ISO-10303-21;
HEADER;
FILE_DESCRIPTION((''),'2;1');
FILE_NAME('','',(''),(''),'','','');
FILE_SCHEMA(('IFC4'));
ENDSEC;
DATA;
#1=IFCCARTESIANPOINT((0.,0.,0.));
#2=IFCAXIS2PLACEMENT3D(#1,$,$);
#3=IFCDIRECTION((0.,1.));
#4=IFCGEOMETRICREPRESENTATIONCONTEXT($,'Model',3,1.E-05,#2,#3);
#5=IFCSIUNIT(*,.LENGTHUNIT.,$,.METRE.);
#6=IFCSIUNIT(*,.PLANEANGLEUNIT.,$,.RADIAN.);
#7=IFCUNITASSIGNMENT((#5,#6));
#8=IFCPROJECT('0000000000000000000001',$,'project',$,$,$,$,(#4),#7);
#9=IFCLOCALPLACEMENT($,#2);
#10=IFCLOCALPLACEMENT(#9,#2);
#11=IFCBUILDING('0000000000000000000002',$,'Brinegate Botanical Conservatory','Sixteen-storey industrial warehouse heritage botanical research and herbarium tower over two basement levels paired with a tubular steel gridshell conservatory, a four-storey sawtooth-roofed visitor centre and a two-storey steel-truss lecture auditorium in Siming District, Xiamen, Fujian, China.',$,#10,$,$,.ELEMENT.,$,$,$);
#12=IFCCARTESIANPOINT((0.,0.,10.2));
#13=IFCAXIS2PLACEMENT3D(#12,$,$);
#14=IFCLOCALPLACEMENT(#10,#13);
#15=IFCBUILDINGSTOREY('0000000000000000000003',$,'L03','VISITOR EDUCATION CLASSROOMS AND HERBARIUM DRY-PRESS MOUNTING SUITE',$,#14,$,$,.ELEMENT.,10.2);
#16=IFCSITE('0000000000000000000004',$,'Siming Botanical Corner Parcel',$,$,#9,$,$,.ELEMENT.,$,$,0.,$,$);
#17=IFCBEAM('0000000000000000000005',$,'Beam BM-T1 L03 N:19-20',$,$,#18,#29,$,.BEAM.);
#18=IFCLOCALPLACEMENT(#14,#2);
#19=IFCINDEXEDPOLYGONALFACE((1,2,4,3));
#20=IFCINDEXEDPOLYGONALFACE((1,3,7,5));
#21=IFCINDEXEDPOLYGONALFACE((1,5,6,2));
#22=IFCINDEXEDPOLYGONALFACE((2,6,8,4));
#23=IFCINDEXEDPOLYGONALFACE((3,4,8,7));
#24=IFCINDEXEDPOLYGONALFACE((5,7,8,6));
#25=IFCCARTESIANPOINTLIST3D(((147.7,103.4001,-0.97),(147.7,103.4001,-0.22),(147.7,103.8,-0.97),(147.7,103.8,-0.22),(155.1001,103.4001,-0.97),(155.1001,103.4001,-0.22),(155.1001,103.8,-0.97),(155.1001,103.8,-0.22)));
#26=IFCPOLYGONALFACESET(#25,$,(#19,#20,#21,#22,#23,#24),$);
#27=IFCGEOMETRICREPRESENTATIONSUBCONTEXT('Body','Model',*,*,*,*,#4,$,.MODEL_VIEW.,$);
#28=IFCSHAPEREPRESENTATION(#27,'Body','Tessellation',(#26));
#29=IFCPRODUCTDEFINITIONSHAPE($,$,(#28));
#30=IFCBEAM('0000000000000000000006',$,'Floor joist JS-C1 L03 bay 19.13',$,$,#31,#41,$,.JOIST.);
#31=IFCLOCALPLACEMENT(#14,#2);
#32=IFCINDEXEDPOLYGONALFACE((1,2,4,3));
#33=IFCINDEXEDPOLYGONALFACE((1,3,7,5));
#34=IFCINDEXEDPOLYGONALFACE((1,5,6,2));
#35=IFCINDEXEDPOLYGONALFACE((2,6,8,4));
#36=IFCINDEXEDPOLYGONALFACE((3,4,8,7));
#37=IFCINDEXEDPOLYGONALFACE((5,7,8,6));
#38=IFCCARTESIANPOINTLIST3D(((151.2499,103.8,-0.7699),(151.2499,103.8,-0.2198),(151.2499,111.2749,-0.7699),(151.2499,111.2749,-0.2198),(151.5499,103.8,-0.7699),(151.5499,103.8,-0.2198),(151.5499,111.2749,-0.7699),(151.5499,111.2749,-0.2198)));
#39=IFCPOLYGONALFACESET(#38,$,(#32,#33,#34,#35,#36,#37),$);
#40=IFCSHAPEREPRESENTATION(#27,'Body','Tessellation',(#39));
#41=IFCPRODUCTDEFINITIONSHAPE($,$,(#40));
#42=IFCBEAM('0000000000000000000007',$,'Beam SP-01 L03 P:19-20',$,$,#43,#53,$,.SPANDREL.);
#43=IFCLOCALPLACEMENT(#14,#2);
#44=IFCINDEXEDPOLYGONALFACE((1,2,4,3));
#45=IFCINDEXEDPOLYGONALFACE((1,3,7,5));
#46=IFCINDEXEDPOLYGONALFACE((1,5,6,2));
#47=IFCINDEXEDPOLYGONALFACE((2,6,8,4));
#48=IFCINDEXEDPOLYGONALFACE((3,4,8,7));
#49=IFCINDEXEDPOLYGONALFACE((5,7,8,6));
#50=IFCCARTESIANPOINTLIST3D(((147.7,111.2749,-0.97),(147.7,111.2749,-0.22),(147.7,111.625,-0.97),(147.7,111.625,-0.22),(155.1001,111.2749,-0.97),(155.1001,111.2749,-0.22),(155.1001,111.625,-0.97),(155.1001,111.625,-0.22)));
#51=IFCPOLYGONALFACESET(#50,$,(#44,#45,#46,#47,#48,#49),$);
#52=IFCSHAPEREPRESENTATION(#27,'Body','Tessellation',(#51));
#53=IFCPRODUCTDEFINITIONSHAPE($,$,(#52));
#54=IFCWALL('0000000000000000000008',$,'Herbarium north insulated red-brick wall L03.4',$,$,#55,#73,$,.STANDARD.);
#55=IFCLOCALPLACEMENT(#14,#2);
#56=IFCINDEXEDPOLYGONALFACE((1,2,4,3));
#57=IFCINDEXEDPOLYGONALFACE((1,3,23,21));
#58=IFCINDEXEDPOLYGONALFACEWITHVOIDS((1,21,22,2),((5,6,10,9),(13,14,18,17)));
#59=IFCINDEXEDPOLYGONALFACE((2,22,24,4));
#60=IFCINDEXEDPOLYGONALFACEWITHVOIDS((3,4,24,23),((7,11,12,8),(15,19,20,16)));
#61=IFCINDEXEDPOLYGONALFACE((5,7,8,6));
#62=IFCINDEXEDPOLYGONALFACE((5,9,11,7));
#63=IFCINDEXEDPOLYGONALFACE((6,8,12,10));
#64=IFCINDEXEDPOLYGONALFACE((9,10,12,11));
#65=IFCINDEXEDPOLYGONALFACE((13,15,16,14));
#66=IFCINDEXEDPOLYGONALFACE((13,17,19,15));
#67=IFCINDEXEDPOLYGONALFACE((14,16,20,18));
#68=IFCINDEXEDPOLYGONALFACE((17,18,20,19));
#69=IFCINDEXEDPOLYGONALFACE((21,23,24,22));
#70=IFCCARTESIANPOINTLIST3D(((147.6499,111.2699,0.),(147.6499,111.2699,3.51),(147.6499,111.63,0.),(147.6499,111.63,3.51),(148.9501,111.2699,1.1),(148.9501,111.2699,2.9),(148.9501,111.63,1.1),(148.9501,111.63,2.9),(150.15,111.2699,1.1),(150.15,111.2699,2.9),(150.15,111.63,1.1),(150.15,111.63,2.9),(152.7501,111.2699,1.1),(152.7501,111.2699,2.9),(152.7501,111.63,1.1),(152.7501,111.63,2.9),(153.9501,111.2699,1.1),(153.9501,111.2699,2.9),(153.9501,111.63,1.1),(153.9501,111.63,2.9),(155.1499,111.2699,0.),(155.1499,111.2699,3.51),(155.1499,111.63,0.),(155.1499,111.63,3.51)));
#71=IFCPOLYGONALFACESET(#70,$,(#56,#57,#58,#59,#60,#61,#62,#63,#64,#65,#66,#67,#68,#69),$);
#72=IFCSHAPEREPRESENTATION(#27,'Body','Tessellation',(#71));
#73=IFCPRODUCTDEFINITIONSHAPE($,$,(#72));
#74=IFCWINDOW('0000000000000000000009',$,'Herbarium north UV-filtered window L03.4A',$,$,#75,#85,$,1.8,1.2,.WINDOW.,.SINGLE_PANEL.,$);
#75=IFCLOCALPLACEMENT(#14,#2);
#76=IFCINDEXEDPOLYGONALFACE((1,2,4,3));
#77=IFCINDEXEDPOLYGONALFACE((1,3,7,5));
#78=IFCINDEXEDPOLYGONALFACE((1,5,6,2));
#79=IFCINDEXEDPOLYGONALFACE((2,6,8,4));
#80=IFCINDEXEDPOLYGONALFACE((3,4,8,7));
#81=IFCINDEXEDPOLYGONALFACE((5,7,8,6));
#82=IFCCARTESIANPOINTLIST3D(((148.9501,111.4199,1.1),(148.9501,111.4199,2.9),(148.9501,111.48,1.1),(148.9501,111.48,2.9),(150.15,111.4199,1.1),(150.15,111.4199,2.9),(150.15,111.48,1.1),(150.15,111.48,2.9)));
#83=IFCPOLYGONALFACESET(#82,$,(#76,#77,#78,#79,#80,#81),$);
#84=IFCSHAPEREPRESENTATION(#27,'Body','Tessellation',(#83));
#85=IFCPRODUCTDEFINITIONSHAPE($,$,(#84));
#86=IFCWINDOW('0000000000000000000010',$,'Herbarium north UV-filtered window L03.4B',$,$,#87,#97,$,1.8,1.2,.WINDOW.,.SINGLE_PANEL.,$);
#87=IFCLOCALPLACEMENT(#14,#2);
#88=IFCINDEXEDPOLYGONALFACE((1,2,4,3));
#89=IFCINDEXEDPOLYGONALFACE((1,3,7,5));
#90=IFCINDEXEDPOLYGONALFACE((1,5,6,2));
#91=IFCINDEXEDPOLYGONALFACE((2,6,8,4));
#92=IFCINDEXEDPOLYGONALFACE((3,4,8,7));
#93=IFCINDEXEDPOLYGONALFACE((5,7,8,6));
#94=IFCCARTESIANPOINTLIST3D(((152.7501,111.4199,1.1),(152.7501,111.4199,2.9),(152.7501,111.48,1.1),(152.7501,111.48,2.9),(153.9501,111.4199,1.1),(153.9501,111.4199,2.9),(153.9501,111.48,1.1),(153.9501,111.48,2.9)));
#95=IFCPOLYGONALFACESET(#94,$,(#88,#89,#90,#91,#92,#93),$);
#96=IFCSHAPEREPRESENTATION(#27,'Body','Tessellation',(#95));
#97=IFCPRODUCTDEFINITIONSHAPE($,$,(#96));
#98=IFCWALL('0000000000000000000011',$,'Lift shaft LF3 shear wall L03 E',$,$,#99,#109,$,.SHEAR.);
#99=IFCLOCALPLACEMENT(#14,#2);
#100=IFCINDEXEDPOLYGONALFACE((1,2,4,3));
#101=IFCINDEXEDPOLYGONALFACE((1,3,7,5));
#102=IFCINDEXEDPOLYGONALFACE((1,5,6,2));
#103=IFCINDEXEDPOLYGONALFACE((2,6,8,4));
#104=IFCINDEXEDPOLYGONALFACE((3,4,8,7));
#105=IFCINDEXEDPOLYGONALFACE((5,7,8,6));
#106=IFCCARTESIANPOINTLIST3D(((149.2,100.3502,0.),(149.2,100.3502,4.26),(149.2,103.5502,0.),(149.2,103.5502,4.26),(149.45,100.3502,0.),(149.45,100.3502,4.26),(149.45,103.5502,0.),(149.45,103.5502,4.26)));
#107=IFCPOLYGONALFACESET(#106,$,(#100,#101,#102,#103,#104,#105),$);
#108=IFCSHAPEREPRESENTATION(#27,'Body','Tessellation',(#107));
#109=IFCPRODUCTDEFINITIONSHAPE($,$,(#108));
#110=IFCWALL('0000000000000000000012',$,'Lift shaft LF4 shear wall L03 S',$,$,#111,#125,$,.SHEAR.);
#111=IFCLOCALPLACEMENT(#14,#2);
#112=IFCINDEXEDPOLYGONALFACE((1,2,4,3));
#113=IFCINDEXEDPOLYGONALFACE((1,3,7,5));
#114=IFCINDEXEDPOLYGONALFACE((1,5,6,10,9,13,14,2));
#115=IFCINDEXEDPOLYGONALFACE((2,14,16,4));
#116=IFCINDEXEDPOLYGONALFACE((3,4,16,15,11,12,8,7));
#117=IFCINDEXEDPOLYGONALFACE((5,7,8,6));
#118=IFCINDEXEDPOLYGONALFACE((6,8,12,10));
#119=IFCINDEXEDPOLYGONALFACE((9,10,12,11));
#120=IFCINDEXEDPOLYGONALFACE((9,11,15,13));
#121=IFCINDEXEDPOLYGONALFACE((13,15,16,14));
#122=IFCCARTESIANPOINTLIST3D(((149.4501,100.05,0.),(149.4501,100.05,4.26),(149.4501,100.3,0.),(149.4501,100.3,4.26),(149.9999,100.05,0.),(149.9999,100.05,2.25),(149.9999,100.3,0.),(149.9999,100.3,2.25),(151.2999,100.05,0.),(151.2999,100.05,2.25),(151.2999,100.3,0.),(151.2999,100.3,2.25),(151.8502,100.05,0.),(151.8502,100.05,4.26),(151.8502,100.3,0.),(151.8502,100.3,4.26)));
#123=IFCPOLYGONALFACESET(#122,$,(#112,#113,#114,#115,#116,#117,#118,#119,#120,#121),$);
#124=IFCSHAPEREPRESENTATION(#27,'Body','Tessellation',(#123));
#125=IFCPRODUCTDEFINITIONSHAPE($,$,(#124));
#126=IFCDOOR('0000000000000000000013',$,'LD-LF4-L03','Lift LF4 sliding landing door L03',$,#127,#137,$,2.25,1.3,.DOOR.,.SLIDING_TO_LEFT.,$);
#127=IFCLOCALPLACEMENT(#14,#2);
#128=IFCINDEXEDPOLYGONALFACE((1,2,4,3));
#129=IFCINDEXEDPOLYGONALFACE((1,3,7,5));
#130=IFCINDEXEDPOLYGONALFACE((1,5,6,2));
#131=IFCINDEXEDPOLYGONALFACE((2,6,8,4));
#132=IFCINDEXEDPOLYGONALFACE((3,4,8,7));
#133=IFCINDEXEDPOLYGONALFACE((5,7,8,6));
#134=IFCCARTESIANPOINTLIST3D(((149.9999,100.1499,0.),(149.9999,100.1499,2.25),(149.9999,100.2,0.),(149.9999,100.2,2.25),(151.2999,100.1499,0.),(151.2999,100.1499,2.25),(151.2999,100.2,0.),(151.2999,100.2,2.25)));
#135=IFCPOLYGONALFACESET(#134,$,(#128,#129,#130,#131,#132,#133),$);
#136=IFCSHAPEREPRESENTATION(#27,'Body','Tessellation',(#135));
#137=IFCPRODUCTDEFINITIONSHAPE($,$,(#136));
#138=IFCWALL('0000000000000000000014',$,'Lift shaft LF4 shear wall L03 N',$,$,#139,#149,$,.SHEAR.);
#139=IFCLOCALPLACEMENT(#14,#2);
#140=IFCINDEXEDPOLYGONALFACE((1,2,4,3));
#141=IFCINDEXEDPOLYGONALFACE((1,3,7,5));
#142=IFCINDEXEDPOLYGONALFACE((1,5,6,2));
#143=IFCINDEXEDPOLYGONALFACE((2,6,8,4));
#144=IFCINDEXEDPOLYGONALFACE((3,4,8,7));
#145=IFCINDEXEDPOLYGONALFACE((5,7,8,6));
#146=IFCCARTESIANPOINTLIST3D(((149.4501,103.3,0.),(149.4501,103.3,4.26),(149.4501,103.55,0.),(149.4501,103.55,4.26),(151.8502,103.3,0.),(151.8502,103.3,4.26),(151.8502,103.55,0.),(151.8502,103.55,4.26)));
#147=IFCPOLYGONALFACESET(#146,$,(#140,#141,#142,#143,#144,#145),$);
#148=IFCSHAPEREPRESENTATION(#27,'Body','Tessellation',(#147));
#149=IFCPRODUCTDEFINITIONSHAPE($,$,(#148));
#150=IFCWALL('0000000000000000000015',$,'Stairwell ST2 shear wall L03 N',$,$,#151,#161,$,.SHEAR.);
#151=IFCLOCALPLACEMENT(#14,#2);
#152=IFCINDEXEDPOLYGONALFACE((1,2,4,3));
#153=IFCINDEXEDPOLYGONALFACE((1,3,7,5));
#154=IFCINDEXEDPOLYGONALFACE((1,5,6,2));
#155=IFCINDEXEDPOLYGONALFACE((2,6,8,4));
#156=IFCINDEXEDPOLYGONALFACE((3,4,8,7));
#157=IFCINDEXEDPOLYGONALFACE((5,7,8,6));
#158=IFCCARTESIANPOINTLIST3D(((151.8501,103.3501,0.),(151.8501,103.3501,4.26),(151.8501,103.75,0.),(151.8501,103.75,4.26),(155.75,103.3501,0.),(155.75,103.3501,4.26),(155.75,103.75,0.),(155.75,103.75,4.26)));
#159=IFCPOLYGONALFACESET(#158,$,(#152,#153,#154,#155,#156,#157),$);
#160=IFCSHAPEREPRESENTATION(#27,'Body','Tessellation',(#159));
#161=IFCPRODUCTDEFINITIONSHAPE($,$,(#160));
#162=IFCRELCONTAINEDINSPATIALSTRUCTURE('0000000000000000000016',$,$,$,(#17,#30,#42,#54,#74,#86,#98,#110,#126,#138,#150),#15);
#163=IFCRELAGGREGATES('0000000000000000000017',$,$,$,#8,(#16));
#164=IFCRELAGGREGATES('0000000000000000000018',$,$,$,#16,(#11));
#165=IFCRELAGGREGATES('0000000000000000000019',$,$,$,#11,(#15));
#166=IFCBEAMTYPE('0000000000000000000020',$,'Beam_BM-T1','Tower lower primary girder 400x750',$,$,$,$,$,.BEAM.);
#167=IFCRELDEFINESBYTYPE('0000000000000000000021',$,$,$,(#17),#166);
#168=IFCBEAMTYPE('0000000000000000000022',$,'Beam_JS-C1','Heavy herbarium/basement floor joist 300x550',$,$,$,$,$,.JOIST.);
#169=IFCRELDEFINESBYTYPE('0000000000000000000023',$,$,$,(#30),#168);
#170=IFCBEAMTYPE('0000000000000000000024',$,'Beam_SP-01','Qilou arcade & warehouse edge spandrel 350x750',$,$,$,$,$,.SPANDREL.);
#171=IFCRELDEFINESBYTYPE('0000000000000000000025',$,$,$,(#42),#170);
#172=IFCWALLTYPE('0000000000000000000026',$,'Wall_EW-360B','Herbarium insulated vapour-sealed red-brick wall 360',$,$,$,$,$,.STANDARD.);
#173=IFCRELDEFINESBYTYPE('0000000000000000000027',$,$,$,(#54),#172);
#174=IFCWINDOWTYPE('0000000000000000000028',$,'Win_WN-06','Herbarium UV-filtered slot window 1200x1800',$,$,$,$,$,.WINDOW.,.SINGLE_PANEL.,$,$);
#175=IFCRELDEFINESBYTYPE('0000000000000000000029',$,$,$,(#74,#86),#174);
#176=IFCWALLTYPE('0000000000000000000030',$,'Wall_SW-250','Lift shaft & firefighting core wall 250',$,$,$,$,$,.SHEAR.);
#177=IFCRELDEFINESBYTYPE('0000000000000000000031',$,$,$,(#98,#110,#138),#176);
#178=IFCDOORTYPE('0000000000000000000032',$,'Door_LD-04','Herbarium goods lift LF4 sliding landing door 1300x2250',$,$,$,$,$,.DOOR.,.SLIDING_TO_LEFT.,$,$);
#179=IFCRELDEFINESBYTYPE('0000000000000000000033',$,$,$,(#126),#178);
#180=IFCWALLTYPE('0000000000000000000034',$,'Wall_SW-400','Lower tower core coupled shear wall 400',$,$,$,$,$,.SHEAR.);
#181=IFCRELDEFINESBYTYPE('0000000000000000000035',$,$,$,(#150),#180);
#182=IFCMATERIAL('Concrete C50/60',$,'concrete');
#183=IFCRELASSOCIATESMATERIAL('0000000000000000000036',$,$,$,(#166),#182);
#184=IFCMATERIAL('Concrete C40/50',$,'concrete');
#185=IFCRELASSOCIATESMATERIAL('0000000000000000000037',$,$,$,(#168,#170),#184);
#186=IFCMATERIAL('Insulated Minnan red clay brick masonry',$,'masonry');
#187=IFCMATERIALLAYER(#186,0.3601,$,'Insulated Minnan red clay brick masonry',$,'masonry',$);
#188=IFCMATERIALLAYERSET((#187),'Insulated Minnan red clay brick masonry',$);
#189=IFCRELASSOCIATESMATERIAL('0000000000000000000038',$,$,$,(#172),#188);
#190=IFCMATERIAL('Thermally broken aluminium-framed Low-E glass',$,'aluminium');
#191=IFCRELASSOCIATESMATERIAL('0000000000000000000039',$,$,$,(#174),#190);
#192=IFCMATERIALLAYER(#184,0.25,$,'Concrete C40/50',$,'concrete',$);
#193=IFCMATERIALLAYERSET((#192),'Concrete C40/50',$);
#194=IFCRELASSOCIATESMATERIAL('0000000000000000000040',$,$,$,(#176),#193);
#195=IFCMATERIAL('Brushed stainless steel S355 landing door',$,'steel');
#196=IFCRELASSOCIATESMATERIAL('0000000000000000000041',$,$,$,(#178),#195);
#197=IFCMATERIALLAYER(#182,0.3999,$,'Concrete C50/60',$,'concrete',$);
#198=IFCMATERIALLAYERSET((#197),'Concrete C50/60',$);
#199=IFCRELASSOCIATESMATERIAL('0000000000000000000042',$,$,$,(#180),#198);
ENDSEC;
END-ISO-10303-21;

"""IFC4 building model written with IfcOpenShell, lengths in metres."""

from ifc_helpers import new_model, si_unit, direction, frame, frame_2d, origin, origin_2d, place, context, subcontext, project, spatial, rectangle, extrude, material, layer, layer_set, material_profile, profile_set, type_object, element, fill, save


model = new_model("IFC4")

# Units and contexts
model_context = context("Model", 3, precision=1e-05, world=origin(), true_north=direction((0.0, 1.0)))
body_context = subcontext(model_context, "Body", "Model", "MODEL_VIEW")
ifc_project = project(units=[si_unit("LENGTHUNIT", "METRE"), si_unit("PLANEANGLEUNIT", "RADIAN")], contexts=[model_context])

# Site, building, storey
site_placement = place(None, origin())
site = spatial("IfcSite", under=ifc_project, at=site_placement, Name="Siming Botanical Corner Parcel", CompositionType="ELEMENT", RefElevation=0.0)
building_placement = place(site_placement, origin())
building = spatial("IfcBuilding", under=site, at=building_placement, Name="Brinegate Botanical Conservatory", Description="Sixteen-storey industrial warehouse heritage botanical research and herbarium tower over two basement levels paired with a tubular steel gridshell conservatory, a four-storey sawtooth-roofed visitor centre and a two-storey steel-truss lecture auditorium in Siming District, Xiamen, Fujian, China.", CompositionType="ELEMENT")
storey_placement = place(building_placement, frame((0.0, 0.0, 10.2)))
storey = spatial("IfcBuildingStorey", under=building, at=storey_placement, Name="L03", Description="VISITOR EDUCATION CLASSROOMS AND HERBARIUM DRY-PRESS MOUNTING SUITE", CompositionType="ELEMENT", Elevation=10.2)

# Beams
ifc_material_1 = material(Name="Concrete C50/60", Category="concrete")
ifc_material_profile_1 = material_profile(ifc_material_1, rectangle(XDim=0.3999, YDim=0.75, at=origin_2d()), Name="RC BM 400x750")
ifc_profile_set_1 = profile_set([ifc_material_profile_1], Name="Concrete C50/60")
beam_type_1 = type_object("IfcBeamType", Name="Beam_BM-T1", Description="Tower lower primary girder 400x750", PredefinedType="BEAM", material=ifc_profile_set_1)
beam_1_placement = place(storey_placement, frame((147.7, 103.6001, -0.595), z_axis=(1.0, 0.0, 0.0), x_axis=(0.0, 1.0, 0.0)))
element("IfcBeam", 1, at=beam_1_placement, inside=storey, type_object=beam_type_1, Name="Beam BM-T1 L03 N:19-20", PredefinedType="BEAM", context=body_context, shape_type="SweptSolid", body=[
    extrude(rectangle(XDim=0.3999, YDim=0.75, at=origin_2d()), origin(), (0.0, 0.0, 1.0), 7.4001),
])
ifc_material_2 = material(Name="Concrete C40/50", Category="concrete")
ifc_material_profile_2 = material_profile(ifc_material_2, rectangle(XDim=0.3, YDim=0.55, at=origin_2d()), Name="RC JST 300x550")
ifc_profile_set_2 = profile_set([ifc_material_profile_2], Name="Concrete C40/50")
beam_type_2 = type_object("IfcBeamType", Name="Beam_JS-C1", Description="Heavy herbarium/basement floor joist 300x550", PredefinedType="JOIST", material=ifc_profile_set_2)
beam_2_placement = place(storey_placement, frame((151.3999, 103.8, -0.4949), z_axis=(0.0, 1.0, 0.0), x_axis=(-1.0, 0.0, 0.0)))
element("IfcBeam", 2, at=beam_2_placement, inside=storey, type_object=beam_type_2, Name="Floor joist JS-C1 L03 bay 19.13", PredefinedType="JOIST", context=body_context, shape_type="SweptSolid", body=[
    extrude(rectangle(XDim=0.3, YDim=0.55, at=origin_2d()), origin(), (0.0, 0.0, 1.0), 7.4749),
])
ifc_material_profile_3 = material_profile(ifc_material_2, rectangle(XDim=0.3501, YDim=0.75, at=origin_2d()), Name="RC SPN 350x750")
ifc_profile_set_3 = profile_set([ifc_material_profile_3], Name="Concrete C40/50")
beam_type_3 = type_object("IfcBeamType", Name="Beam_SP-01", Description="Qilou arcade & warehouse edge spandrel 350x750", PredefinedType="SPANDREL", material=ifc_profile_set_3)
beam_3_placement = place(storey_placement, frame((147.7, 111.45, -0.595), z_axis=(1.0, 0.0, 0.0), x_axis=(0.0, 1.0, 0.0)))
element("IfcBeam", 3, at=beam_3_placement, inside=storey, type_object=beam_type_3, Name="Beam SP-01 L03 P:19-20", PredefinedType="SPANDREL", context=body_context, shape_type="SweptSolid", body=[
    extrude(rectangle(XDim=0.3501, YDim=0.75, at=origin_2d()), origin(), (0.0, 0.0, 1.0), 7.4001),
])

# Wall, openings, windows
ifc_material_3 = material(Name="Insulated Minnan red clay brick masonry", Category="masonry")
ifc_layer_1 = layer(ifc_material_3, 0.3601, Name="Insulated Minnan red clay brick masonry", Category="masonry")
ifc_layer_set_1 = layer_set([ifc_layer_1], Name="Insulated Minnan red clay brick masonry")
wall_type_1 = type_object("IfcWallType", Name="Wall_EW-360B", Description="Herbarium insulated vapour-sealed red-brick wall 360", PredefinedType="STANDARD", material=ifc_layer_set_1)
wall_1_placement = place(storey_placement, frame((147.6499, 111.45, 0.0), z_axis=(0.0, 0.0, 1.0), x_axis=(1.0, 0.0, 0.0)))
wall_1 = element("IfcWall", 4, at=wall_1_placement, inside=storey, type_object=wall_type_1, Name="Herbarium north insulated red-brick wall L03.4", PredefinedType="STANDARD", context=body_context, shape_type="SweptSolid", body=[
    extrude(rectangle(XDim=7.5, YDim=0.3601, at=frame_2d((3.75, 0.0))), origin(), (0.0, 0.0, 1.0), 3.51),
])
opening_1_placement = place(wall_1_placement, frame((1.3, 0.0, 1.1001)))
opening_1 = element("IfcOpeningElement", 5, at=opening_1_placement, cuts=wall_1, PredefinedType="OPENING", context=body_context, shape_type="SweptSolid", body=[
    extrude(rectangle(XDim=1.2, YDim=1.8, at=frame_2d((0.6001, 0.8999))), frame((0.0, 0.1899, 0.0), z_axis=(0.0, -1.0, 0.0), x_axis=(1.0, 0.0, 0.0)), (0.0, 0.0, 1.0), 0.3801),
])
opening_2_placement = place(wall_1_placement, frame((5.1001, 0.0, 1.1001)))
opening_2 = element("IfcOpeningElement", 6, at=opening_2_placement, cuts=wall_1, PredefinedType="OPENING", context=body_context, shape_type="SweptSolid", body=[
    extrude(rectangle(XDim=1.2, YDim=1.8, at=frame_2d((0.6001, 0.8999))), frame((0.0, 0.1899, 0.0), z_axis=(0.0, -1.0, 0.0), x_axis=(1.0, 0.0, 0.0)), (0.0, 0.0, 1.0), 0.3801),
])
ifc_material_4 = material(Name="Thermally broken aluminium-framed Low-E glass", Category="aluminium")
window_type = type_object("IfcWindowType", Name="Win_WN-06", Description="Herbarium UV-filtered slot window 1200x1800", PartitioningType="SINGLE_PANEL", PredefinedType="WINDOW", material=ifc_material_4)
window_1_placement = place(opening_1_placement, origin())
window_1 = element("IfcWindow", 7, at=window_1_placement, inside=storey, type_object=window_type, Name="Herbarium north UV-filtered window L03.4A", OverallHeight=1.8, OverallWidth=1.2, PartitioningType="SINGLE_PANEL", PredefinedType="WINDOW", context=body_context, shape_type="SweptSolid", body=[
    extrude(rectangle(XDim=1.2, YDim=1.8, at=frame_2d((0.6001, 0.8999))), frame((0.0, 0.03, 0.0), z_axis=(0.0, -1.0, 0.0), x_axis=(1.0, 0.0, 0.0)), (0.0, 0.0, 1.0), 0.0601),
])
fill(opening_1, window_1)
window_2_placement = place(opening_2_placement, origin())
window_2 = element("IfcWindow", 8, at=window_2_placement, inside=storey, type_object=window_type, Name="Herbarium north UV-filtered window L03.4B", OverallHeight=1.8, OverallWidth=1.2, PartitioningType="SINGLE_PANEL", PredefinedType="WINDOW", context=body_context, shape_type="SweptSolid", body=[
    extrude(rectangle(XDim=1.2, YDim=1.8, at=frame_2d((0.6001, 0.8999))), frame((0.0, 0.03, 0.0), z_axis=(0.0, -1.0, 0.0), x_axis=(1.0, 0.0, 0.0)), (0.0, 0.0, 1.0), 0.0601),
])
fill(opening_2, window_2)

# Wall
ifc_layer_2 = layer(ifc_material_2, 0.25, Name="Concrete C40/50", Category="concrete")
ifc_layer_set_2 = layer_set([ifc_layer_2], Name="Concrete C40/50")
wall_type_2 = type_object("IfcWallType", Name="Wall_SW-250", Description="Lift shaft & firefighting core wall 250", PredefinedType="SHEAR", material=ifc_layer_set_2)
wall_2_placement = place(storey_placement, frame((149.325, 100.3501, 0.0), z_axis=(0.0, 0.0, 1.0), x_axis=(0.0, 1.0, 0.0)))
element("IfcWall", 9, at=wall_2_placement, inside=storey, type_object=wall_type_2, Name="Lift shaft LF3 shear wall L03 E", PredefinedType="SHEAR", context=body_context, shape_type="SweptSolid", body=[
    extrude(rectangle(XDim=3.2, YDim=0.25, at=frame_2d((1.6001, 0.0))), origin(), (0.0, 0.0, 1.0), 4.26),
])

# Wall, opening, door
wall_3_placement = place(storey_placement, frame((149.45, 100.175, 0.0), z_axis=(0.0, 0.0, 1.0), x_axis=(1.0, 0.0, 0.0)))
wall_3 = element("IfcWall", 10, at=wall_3_placement, inside=storey, type_object=wall_type_2, Name="Lift shaft LF4 shear wall L03 S", PredefinedType="SHEAR", context=body_context, shape_type="SweptSolid", body=[
    extrude(rectangle(XDim=2.4001, YDim=0.25, at=frame_2d((1.2002, 0.0))), origin(), (0.0, 0.0, 1.0), 4.26),
])
opening_3_placement = place(wall_3_placement, frame((0.55, 0.0, 0.0)))
opening_3 = element("IfcOpeningElement", 11, at=opening_3_placement, cuts=wall_3, PredefinedType="OPENING", context=body_context, shape_type="SweptSolid", body=[
    extrude(rectangle(XDim=1.3, YDim=2.25, at=frame_2d((0.6499, 1.125))), frame((0.0, 0.135, 0.0), z_axis=(0.0, -1.0, 0.0), x_axis=(1.0, 0.0, 0.0)), (0.0, 0.0, 1.0), 0.27),
])
ifc_material_5 = material(Name="Brushed stainless steel S355 landing door", Category="steel")
door_type = type_object("IfcDoorType", Name="Door_LD-04", Description="Herbarium goods lift LF4 sliding landing door 1300x2250", OperationType="SLIDING_TO_LEFT", PredefinedType="DOOR", material=ifc_material_5)
door_placement = place(opening_3_placement, origin())
door = element("IfcDoor", 12, at=door_placement, inside=storey, type_object=door_type, Name="LD-LF4-L03", Description="Lift LF4 sliding landing door L03", OperationType="SLIDING_TO_LEFT", OverallHeight=2.25, OverallWidth=1.3, PredefinedType="DOOR", context=body_context, shape_type="SweptSolid", body=[
    extrude(rectangle(XDim=1.3, YDim=2.25, at=frame_2d((0.6499, 1.125))), frame((0.0, 0.0249, 0.0), z_axis=(0.0, -1.0, 0.0), x_axis=(1.0, 0.0, 0.0)), (0.0, 0.0, 1.0), 0.05),
])
fill(opening_3, door)

# Walls
wall_4_placement = place(storey_placement, frame((149.45, 103.425, 0.0), z_axis=(0.0, 0.0, 1.0), x_axis=(1.0, 0.0, 0.0)))
element("IfcWall", 13, at=wall_4_placement, inside=storey, type_object=wall_type_2, Name="Lift shaft LF4 shear wall L03 N", PredefinedType="SHEAR", context=body_context, shape_type="SweptSolid", body=[
    extrude(rectangle(XDim=2.4001, YDim=0.25, at=frame_2d((1.2002, 0.0))), origin(), (0.0, 0.0, 1.0), 4.26),
])
ifc_layer_3 = layer(ifc_material_1, 0.3999, Name="Concrete C50/60", Category="concrete")
ifc_layer_set_3 = layer_set([ifc_layer_3], Name="Concrete C50/60")
wall_type_3 = type_object("IfcWallType", Name="Wall_SW-400", Description="Lower tower core coupled shear wall 400", PredefinedType="SHEAR", material=ifc_layer_set_3)
wall_5_placement = place(storey_placement, frame((151.8501, 103.55, 0.0), z_axis=(0.0, 0.0, 1.0), x_axis=(1.0, 0.0, 0.0)))
element("IfcWall", 14, at=wall_5_placement, inside=storey, type_object=wall_type_3, Name="Stairwell ST2 shear wall L03 N", PredefinedType="SHEAR", context=body_context, shape_type="SweptSolid", body=[
    extrude(rectangle(XDim=3.8999, YDim=0.3999, at=frame_2d((1.95, 0.0))), origin(), (0.0, 0.0, 1.0), 4.26),
])

save(model, "model.ifc")
